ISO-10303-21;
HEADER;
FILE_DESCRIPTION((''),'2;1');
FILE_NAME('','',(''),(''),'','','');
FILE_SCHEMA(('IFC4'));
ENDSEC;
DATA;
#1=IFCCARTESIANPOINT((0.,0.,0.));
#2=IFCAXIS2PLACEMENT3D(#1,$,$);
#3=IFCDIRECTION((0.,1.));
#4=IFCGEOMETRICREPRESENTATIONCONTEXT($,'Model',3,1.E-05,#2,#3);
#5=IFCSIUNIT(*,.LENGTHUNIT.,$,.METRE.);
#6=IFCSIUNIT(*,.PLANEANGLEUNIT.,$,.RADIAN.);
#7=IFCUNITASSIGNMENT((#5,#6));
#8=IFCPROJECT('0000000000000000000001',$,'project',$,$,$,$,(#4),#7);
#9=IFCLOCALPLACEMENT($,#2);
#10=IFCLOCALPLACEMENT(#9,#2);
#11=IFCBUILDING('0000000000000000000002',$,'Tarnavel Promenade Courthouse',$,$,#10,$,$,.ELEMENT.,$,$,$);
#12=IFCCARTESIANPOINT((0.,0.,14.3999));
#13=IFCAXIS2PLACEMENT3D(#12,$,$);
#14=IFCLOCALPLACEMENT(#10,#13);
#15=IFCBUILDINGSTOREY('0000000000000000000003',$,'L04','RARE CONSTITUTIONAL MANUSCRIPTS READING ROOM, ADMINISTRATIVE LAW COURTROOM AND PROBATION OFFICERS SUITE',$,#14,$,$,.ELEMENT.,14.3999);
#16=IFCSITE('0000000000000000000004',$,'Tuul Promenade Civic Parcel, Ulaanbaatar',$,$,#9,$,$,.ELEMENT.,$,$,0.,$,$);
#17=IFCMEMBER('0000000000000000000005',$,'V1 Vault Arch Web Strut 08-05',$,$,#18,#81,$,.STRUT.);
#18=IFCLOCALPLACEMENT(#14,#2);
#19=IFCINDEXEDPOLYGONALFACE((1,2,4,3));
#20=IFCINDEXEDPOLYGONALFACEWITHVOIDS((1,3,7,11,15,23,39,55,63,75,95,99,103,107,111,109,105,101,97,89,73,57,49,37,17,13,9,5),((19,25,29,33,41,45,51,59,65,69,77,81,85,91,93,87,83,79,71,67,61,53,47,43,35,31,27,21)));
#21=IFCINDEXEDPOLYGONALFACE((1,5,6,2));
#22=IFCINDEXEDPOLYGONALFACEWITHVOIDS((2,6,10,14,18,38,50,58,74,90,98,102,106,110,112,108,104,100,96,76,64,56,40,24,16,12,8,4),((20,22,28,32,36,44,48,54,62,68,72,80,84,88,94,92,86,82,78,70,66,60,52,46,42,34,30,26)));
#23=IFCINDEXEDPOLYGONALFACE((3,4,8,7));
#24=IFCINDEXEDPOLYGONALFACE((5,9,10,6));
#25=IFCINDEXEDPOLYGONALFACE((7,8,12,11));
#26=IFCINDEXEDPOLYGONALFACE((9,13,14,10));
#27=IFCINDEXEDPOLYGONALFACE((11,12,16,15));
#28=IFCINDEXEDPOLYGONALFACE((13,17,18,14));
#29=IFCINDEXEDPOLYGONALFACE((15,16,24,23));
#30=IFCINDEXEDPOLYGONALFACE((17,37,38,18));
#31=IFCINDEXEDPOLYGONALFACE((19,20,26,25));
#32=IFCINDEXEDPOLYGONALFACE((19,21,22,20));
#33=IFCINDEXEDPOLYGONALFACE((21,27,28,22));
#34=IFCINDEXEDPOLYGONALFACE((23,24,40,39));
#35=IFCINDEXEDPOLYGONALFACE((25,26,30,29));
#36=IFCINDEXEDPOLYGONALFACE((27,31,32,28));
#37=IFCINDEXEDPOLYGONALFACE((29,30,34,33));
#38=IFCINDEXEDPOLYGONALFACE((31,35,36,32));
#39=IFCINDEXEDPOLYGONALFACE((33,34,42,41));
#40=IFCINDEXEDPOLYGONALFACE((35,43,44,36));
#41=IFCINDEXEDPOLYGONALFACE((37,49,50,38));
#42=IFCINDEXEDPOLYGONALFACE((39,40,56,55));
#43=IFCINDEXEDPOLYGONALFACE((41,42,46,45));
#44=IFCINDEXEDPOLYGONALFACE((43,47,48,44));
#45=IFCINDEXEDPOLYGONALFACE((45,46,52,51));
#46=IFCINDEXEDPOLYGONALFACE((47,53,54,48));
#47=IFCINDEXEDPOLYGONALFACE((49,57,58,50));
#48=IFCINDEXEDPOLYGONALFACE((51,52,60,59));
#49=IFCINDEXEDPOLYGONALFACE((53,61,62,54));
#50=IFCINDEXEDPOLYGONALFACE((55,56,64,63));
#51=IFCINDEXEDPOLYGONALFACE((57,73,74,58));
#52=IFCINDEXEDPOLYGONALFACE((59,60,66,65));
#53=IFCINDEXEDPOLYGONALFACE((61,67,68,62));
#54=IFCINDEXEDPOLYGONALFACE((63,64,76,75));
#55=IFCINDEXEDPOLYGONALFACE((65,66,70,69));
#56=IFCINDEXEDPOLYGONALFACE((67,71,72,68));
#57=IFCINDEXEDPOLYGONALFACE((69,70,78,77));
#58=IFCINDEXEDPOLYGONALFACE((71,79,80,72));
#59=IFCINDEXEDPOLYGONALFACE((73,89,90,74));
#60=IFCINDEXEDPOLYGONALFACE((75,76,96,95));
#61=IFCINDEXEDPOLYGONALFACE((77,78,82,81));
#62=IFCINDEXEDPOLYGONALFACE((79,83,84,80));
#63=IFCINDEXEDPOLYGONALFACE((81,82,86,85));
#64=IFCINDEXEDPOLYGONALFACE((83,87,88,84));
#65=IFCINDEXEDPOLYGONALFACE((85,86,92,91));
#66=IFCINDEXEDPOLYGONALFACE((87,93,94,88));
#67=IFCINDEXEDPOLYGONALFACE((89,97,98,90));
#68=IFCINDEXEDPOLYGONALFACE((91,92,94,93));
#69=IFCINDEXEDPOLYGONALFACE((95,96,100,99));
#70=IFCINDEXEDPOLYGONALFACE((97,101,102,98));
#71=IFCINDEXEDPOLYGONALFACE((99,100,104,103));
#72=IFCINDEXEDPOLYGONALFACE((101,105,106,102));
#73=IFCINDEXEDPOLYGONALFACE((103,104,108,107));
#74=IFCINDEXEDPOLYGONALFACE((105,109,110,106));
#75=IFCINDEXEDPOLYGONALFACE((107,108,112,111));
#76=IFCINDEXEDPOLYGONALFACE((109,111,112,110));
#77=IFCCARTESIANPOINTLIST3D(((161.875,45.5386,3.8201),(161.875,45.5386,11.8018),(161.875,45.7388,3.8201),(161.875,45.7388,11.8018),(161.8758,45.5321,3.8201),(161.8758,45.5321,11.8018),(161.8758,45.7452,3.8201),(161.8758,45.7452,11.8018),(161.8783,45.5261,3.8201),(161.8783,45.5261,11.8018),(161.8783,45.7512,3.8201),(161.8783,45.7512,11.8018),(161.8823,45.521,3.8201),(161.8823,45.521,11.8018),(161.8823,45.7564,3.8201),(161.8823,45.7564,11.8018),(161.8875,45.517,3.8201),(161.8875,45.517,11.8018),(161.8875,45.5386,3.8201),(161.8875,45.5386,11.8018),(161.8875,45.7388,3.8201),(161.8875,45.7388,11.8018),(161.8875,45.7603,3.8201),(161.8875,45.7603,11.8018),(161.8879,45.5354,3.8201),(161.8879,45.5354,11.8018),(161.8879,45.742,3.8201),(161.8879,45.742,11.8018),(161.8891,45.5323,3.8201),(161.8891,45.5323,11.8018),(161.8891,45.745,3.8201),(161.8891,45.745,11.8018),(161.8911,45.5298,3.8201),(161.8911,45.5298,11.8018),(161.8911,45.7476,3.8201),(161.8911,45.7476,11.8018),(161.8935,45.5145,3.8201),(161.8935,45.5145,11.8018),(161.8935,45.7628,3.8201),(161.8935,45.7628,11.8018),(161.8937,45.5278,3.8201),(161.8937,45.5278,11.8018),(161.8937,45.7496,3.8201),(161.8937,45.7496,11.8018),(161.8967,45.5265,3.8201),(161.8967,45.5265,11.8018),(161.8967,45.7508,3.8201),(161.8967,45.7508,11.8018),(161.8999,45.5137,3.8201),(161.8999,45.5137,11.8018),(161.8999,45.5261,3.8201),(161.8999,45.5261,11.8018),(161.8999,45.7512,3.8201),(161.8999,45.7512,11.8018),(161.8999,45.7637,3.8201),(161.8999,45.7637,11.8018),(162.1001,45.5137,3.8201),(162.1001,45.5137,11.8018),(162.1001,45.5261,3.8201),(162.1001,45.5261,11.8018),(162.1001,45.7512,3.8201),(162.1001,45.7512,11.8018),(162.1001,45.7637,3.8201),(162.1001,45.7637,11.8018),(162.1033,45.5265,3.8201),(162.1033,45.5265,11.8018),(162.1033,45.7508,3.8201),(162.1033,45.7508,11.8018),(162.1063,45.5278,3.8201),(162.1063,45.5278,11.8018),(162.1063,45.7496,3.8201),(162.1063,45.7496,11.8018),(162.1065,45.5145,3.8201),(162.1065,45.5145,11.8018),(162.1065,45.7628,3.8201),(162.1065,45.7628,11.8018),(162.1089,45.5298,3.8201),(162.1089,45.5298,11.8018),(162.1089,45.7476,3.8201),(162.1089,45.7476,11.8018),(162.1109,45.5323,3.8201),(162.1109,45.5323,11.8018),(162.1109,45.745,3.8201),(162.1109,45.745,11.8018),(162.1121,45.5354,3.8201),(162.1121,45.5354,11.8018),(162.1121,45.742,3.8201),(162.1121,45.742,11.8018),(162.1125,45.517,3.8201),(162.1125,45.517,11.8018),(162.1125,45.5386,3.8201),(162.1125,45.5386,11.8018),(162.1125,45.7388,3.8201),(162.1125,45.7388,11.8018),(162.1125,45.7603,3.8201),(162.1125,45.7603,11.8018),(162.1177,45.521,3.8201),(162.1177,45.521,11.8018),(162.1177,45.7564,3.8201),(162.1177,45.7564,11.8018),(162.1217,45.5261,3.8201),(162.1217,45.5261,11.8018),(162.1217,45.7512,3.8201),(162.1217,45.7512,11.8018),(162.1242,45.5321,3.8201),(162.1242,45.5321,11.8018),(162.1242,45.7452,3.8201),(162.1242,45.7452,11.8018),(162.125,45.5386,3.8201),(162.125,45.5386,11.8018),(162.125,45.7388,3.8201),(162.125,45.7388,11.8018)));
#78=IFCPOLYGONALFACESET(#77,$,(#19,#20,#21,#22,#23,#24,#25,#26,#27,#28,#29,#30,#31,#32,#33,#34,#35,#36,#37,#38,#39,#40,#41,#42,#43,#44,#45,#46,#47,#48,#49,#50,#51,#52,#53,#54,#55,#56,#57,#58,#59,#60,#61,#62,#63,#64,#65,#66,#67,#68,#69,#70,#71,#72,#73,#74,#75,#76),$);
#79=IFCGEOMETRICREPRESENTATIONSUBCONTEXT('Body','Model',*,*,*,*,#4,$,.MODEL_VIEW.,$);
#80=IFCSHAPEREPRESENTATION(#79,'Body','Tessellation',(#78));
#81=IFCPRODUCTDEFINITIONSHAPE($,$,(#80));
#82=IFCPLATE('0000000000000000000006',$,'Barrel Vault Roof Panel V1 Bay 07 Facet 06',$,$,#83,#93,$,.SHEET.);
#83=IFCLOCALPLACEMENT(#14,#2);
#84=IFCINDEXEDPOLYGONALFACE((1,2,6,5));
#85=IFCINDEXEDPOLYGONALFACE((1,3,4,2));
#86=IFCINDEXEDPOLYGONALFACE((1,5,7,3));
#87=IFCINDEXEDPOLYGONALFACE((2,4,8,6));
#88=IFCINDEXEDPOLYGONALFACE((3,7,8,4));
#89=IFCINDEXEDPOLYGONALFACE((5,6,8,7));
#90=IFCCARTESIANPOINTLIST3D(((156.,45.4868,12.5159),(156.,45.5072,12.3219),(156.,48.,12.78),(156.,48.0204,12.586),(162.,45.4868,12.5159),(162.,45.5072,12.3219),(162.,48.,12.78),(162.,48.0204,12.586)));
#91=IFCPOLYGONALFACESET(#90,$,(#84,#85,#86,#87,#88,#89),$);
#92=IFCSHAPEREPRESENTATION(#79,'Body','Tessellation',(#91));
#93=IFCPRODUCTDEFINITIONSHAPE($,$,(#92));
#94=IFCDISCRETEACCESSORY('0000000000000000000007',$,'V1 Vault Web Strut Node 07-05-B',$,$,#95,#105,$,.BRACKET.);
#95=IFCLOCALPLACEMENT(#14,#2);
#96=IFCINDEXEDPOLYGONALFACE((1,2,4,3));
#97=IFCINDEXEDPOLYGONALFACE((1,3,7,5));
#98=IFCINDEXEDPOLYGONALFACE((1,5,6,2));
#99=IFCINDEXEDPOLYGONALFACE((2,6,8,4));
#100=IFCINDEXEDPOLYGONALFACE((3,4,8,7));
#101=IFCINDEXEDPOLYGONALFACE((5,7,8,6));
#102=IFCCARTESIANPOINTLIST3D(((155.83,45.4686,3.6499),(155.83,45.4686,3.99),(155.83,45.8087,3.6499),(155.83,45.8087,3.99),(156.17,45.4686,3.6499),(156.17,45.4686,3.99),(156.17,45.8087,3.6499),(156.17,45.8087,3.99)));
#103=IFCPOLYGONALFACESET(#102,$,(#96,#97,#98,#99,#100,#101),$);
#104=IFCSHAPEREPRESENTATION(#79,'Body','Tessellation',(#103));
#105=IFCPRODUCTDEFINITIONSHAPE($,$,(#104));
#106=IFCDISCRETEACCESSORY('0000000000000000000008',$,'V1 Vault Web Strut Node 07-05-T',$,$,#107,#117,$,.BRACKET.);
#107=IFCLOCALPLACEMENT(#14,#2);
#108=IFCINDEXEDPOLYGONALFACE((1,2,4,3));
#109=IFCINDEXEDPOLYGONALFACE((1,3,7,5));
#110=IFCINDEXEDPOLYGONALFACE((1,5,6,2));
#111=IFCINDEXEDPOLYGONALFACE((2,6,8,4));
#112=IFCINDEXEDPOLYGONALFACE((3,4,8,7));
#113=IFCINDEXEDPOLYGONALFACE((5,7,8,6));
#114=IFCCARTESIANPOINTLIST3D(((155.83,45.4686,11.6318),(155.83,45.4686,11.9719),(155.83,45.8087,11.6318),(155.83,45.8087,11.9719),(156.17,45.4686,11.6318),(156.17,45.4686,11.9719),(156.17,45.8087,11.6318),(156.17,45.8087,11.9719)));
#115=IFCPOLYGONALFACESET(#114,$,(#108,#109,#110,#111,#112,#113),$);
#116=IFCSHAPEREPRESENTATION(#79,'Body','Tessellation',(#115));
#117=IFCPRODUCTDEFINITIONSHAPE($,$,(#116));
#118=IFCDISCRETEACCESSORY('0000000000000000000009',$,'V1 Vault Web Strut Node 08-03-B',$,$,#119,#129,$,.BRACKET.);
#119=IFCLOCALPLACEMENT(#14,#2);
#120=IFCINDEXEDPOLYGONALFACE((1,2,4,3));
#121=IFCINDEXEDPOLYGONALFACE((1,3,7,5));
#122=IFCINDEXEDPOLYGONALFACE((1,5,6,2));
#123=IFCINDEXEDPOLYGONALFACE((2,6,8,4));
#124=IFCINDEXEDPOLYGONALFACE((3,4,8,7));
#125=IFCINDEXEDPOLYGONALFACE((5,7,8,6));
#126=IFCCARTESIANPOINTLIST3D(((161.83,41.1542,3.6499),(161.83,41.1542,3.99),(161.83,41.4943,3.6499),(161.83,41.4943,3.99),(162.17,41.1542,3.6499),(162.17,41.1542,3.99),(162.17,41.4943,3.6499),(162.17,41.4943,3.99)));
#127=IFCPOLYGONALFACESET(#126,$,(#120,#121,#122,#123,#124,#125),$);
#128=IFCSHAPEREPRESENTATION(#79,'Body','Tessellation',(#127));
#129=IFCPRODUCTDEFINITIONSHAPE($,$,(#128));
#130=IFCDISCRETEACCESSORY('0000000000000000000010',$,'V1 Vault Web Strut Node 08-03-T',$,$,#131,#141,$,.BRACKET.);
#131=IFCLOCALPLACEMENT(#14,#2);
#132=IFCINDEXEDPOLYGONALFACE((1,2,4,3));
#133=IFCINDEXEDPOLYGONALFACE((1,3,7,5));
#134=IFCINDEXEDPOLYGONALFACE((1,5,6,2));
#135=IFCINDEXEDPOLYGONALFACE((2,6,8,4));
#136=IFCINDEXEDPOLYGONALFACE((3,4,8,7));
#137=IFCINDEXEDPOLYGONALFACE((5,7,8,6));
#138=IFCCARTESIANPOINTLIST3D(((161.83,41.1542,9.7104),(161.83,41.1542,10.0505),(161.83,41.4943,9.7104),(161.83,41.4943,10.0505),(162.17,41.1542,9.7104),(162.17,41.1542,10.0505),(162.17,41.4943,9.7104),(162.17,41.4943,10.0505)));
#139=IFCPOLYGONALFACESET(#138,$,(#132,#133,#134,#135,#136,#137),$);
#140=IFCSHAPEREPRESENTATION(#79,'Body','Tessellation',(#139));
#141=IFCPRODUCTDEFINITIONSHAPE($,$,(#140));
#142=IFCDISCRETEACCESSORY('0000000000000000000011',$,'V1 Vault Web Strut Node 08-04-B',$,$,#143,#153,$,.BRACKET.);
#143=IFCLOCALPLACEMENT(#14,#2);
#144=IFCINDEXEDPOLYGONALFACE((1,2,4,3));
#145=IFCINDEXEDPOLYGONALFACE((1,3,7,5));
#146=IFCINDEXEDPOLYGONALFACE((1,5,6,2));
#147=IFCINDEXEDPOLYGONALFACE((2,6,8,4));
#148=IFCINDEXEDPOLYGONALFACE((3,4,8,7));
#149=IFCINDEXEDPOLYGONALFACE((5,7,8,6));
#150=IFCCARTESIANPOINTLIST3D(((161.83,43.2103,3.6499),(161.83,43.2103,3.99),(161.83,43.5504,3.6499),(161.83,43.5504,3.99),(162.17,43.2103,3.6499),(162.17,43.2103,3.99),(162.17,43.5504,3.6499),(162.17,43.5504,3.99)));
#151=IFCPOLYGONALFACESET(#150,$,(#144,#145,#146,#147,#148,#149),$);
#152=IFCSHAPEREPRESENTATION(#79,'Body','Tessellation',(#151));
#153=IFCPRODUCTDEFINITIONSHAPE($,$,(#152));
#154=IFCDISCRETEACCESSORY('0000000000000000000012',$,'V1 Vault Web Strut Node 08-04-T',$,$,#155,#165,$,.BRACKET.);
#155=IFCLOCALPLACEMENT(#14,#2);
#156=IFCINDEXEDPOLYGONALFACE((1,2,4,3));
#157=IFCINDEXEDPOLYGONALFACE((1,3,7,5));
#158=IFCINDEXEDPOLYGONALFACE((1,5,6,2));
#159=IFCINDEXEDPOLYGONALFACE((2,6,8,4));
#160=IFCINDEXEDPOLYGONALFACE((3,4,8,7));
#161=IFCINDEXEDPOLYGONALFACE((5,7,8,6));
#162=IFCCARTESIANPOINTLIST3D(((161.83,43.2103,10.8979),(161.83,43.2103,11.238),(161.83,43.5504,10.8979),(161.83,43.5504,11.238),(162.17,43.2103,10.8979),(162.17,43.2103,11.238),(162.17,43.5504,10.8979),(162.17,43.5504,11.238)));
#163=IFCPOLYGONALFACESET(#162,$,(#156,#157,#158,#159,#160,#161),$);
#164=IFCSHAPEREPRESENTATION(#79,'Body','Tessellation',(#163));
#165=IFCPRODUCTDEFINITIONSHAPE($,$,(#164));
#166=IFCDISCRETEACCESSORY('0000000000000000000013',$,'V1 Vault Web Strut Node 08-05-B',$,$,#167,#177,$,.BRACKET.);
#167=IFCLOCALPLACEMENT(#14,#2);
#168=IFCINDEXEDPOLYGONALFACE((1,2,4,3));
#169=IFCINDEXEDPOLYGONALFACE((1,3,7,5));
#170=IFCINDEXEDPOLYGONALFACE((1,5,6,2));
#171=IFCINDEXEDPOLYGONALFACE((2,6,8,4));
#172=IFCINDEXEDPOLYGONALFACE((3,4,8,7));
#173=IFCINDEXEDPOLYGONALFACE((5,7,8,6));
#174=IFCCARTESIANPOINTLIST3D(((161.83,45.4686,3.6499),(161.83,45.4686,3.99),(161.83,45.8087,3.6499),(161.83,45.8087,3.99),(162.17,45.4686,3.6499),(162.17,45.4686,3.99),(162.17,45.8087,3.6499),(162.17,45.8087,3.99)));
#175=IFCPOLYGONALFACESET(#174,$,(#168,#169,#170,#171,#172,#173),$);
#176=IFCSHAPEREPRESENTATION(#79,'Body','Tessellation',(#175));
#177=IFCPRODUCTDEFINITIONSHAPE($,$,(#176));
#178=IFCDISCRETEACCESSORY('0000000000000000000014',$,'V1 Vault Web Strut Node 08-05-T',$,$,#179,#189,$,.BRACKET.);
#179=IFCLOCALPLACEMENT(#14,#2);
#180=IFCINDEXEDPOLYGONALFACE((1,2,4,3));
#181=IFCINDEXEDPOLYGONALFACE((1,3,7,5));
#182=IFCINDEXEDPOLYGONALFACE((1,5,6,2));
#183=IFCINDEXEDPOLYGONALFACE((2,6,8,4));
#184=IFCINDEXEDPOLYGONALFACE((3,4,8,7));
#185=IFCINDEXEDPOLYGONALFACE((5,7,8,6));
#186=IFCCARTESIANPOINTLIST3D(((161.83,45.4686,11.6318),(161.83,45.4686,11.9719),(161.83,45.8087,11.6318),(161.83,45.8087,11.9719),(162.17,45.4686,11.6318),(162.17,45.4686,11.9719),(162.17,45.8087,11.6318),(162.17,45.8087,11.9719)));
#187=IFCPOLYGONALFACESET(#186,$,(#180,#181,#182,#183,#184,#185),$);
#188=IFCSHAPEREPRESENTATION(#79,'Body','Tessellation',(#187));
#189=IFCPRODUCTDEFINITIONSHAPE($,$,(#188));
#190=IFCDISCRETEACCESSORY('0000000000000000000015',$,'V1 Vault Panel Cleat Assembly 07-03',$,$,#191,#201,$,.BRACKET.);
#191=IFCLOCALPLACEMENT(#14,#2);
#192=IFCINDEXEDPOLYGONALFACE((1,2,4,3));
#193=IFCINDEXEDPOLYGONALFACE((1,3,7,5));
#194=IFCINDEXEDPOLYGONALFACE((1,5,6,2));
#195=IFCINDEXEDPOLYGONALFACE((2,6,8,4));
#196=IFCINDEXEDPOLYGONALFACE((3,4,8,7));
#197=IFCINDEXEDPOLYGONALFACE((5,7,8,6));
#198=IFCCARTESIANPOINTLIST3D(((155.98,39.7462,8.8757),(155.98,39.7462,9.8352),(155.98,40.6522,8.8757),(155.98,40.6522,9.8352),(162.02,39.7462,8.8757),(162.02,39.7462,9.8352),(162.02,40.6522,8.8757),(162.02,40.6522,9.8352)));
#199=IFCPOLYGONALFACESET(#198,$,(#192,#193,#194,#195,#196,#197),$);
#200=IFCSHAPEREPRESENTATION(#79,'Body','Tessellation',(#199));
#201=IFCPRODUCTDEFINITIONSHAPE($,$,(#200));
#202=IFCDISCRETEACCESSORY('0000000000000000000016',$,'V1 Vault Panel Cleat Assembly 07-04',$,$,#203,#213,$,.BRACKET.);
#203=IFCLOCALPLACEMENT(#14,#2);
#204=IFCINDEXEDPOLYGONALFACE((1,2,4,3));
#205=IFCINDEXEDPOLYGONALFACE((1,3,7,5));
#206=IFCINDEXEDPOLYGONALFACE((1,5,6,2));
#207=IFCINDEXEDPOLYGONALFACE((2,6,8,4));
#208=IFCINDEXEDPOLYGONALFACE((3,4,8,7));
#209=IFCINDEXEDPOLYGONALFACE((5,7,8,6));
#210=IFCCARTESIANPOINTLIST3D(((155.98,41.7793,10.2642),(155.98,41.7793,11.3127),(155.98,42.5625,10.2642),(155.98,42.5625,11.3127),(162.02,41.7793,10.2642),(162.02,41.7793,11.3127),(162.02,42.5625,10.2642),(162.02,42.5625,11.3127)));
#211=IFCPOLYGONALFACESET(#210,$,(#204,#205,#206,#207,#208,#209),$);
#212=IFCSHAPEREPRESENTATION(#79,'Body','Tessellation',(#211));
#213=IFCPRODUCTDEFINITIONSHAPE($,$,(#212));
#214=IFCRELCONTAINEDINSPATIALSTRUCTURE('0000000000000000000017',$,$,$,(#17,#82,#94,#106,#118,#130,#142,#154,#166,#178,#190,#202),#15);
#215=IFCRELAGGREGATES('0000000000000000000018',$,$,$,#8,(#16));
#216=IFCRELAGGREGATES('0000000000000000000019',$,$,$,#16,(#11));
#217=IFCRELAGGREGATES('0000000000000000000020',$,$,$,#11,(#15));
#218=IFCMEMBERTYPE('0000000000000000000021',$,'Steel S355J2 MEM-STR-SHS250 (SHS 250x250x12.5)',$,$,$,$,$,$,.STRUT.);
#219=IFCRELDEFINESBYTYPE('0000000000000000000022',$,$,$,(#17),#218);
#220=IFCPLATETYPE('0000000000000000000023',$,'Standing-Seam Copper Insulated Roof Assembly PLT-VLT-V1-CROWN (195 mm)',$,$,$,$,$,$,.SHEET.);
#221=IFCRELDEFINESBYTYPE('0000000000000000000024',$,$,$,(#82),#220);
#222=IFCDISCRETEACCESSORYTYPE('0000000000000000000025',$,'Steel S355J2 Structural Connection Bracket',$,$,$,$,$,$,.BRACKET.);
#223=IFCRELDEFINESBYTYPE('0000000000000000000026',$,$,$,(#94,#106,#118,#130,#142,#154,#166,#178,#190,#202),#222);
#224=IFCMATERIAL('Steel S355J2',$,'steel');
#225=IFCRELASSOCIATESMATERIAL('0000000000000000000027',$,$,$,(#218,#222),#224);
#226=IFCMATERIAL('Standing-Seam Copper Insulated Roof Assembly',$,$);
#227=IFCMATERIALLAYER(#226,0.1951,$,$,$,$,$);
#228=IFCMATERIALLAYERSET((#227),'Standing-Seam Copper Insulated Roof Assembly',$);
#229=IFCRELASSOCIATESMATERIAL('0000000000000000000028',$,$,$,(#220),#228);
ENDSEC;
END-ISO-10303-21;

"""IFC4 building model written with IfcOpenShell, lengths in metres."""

from ifc_helpers import new_model, si_unit, direction, frame, origin, origin_2d, place, context, subcontext, project, spatial, polyline, rectangle, hollow_rectangle, outline, extrude, material, layer, layer_set, material_profile, profile_set, type_object, element, save


model = new_model("IFC4")

# Units and contexts
model_context = context("Model", 3, precision=1e-05, world=origin(), true_north=direction((0.0, 1.0)))
body_context = subcontext(model_context, "Body", "Model", "MODEL_VIEW")
ifc_project = project(units=[si_unit("LENGTHUNIT", "METRE"), si_unit("PLANEANGLEUNIT", "RADIAN")], contexts=[model_context])

# Site, building, storey
site_placement = place(None, origin())
site = spatial("IfcSite", under=ifc_project, at=site_placement, Name="Tuul Promenade Civic Parcel, Ulaanbaatar", CompositionType="ELEMENT", RefElevation=0.0)
building_placement = place(site_placement, origin())
building = spatial("IfcBuilding", under=site, at=building_placement, Name="Tarnavel Promenade Courthouse", CompositionType="ELEMENT")
storey_placement = place(building_placement, frame((0.0, 0.0, 14.3999)))
storey = spatial("IfcBuildingStorey", under=building, at=storey_placement, Name="L04", Description="RARE CONSTITUTIONAL MANUSCRIPTS READING ROOM, ADMINISTRATIVE LAW COURTROOM AND PROBATION OFFICERS SUITE", CompositionType="ELEMENT", Elevation=14.3999)

# Shared definitions
ifc_material_1 = material(Name="Steel S355J2", Category="steel")

# Member
ifc_material_profile_1 = material_profile(ifc_material_1, hollow_rectangle(XDim=0.25, YDim=0.25, WallThickness=0.0125, InnerFilletRadius=0.0125, OuterFilletRadius=0.0249, at=origin_2d()), Name="SHS 250x250x12.5")
ifc_profile_set_1 = profile_set([ifc_material_profile_1], Name="Steel S355J2")
member_type_1 = type_object("IfcMemberType", Name="Steel S355J2 MEM-STR-SHS250 (SHS 250x250x12.5)", PredefinedType="STRUT", material=ifc_profile_set_1)
member_1_placement = place(storey_placement, frame((162.0, 45.6387, 3.8201), z_axis=(0.0, 0.0, 1.0), x_axis=(1.0, 0.0, 0.0)))
element("IfcMember", 1, at=member_1_placement, inside=storey, type_object=member_type_1, Name="V1 Vault Arch Web Strut 08-05", PredefinedType="STRUT", context=body_context, shape_type="SweptSolid", body=[
    extrude(hollow_rectangle(XDim=0.25, YDim=0.25, WallThickness=0.0125, InnerFilletRadius=0.0125, OuterFilletRadius=0.0249, at=origin_2d()), origin(), (0.0, 0.0, 1.0), 7.9817),
])

# Plate
ifc_material_2 = material(Name="Standing-Seam Copper Insulated Roof Assembly")
ifc_layer = layer(ifc_material_2, 0.1951)
ifc_layer_set = layer_set([ifc_layer], Name="Standing-Seam Copper Insulated Roof Assembly")
plate_type = type_object("IfcPlateType", Name="Standing-Seam Copper Insulated Roof Assembly PLT-VLT-V1-CROWN (195 mm)", PredefinedType="SHEET", material=ifc_layer_set)
plate_placement = place(storey_placement, frame((156.0, 45.4868, 12.5159), z_axis=(0.0, -0.104534, 0.994521), x_axis=(1.0, 0.0, 0.0)))
element("IfcPlate", 2, at=plate_placement, inside=storey, type_object=plate_type, Name="Barrel Vault Roof Panel V1 Bay 07 Facet 06", PredefinedType="SHEET", context=body_context, shape_type="SweptSolid", body=[
    extrude(outline(polyline([(0.0, 0.0), (6.0, 0.0), (6.0, 2.527), (0.0, 2.527), (0.0, 0.0)])), origin(), (0.0, 0.0, -1.0), 0.1951),
])

# Discrete accessories
discrete_accessory_type = type_object("IfcDiscreteAccessoryType", Name="Steel S355J2 Structural Connection Bracket", PredefinedType="BRACKET", material=ifc_material_1)
for number, where, z_axis, x_axis, name in (
    (3, (156.0, 45.6387, 3.6499), (0.0, 0.0, 1.0), (1.0, 0.0, 0.0), "V1 Vault Web Strut Node 07-05-B"),
    (4, (156.0, 45.6387, 11.6318), (0.0, 0.0, 1.0), (1.0, 0.0, 0.0), "V1 Vault Web Strut Node 07-05-T"),
    (5, (162.0, 41.3242, 3.6499), (0.0, 0.0, 1.0), (1.0, 0.0, 0.0), "V1 Vault Web Strut Node 08-03-B"),
    (6, (162.0, 41.3242, 9.7104), (0.0, 0.0, 1.0), (1.0, 0.0, 0.0), "V1 Vault Web Strut Node 08-03-T"),
    (7, (162.0, 43.3804, 3.6499), (0.0, 0.0, 1.0), (1.0, 0.0, 0.0), "V1 Vault Web Strut Node 08-04-B"),
    (8, (162.0, 43.3804, 10.8979), (0.0, 0.0, 1.0), (1.0, 0.0, 0.0), "V1 Vault Web Strut Node 08-04-T"),
    (9, (162.0, 45.6387, 3.6499), (0.0, 0.0, 1.0), (1.0, 0.0, 0.0), "V1 Vault Web Strut Node 08-05-B"),
    (10, (162.0, 45.6387, 11.6318), (0.0, 0.0, 1.0), (1.0, 0.0, 0.0), "V1 Vault Web Strut Node 08-05-T"),
):
    element("IfcDiscreteAccessory", number, at=place(storey_placement, frame(where, z_axis=z_axis, x_axis=x_axis)), inside=storey, type_object=discrete_accessory_type, Name=name, PredefinedType="BRACKET", context=body_context, shape_type="SweptSolid", body=[
        extrude(rectangle(XDim=0.3401, YDim=0.3401, at=origin_2d()), origin(), (0.0, 0.0, 1.0), 0.3401),
    ])
discrete_accessory_1_placement = place(storey_placement, frame((159.0, 40.1992, 8.8757), z_axis=(0.0, 0.0, 1.0), x_axis=(1.0, 0.0, 0.0)))
element("IfcDiscreteAccessory", 11, at=discrete_accessory_1_placement, inside=storey, type_object=discrete_accessory_type, Name="V1 Vault Panel Cleat Assembly 07-03", PredefinedType="BRACKET", context=body_context, shape_type="SweptSolid", body=[
    extrude(rectangle(XDim=6.04, YDim=0.906, at=origin_2d()), origin(), (0.0, 0.0, 1.0), 0.9595),
])
discrete_accessory_2_placement = place(storey_placement, frame((159.0, 42.1709, 10.2642), z_axis=(0.0, 0.0, 1.0), x_axis=(1.0, 0.0, 0.0)))
element("IfcDiscreteAccessory", 12, at=discrete_accessory_2_placement, inside=storey, type_object=discrete_accessory_type, Name="V1 Vault Panel Cleat Assembly 07-04", PredefinedType="BRACKET", context=body_context, shape_type="SweptSolid", body=[
    extrude(rectangle(XDim=6.04, YDim=0.7832, at=origin_2d()), origin(), (0.0, 0.0, 1.0), 1.0486),
])

save(model, "model.ifc")
